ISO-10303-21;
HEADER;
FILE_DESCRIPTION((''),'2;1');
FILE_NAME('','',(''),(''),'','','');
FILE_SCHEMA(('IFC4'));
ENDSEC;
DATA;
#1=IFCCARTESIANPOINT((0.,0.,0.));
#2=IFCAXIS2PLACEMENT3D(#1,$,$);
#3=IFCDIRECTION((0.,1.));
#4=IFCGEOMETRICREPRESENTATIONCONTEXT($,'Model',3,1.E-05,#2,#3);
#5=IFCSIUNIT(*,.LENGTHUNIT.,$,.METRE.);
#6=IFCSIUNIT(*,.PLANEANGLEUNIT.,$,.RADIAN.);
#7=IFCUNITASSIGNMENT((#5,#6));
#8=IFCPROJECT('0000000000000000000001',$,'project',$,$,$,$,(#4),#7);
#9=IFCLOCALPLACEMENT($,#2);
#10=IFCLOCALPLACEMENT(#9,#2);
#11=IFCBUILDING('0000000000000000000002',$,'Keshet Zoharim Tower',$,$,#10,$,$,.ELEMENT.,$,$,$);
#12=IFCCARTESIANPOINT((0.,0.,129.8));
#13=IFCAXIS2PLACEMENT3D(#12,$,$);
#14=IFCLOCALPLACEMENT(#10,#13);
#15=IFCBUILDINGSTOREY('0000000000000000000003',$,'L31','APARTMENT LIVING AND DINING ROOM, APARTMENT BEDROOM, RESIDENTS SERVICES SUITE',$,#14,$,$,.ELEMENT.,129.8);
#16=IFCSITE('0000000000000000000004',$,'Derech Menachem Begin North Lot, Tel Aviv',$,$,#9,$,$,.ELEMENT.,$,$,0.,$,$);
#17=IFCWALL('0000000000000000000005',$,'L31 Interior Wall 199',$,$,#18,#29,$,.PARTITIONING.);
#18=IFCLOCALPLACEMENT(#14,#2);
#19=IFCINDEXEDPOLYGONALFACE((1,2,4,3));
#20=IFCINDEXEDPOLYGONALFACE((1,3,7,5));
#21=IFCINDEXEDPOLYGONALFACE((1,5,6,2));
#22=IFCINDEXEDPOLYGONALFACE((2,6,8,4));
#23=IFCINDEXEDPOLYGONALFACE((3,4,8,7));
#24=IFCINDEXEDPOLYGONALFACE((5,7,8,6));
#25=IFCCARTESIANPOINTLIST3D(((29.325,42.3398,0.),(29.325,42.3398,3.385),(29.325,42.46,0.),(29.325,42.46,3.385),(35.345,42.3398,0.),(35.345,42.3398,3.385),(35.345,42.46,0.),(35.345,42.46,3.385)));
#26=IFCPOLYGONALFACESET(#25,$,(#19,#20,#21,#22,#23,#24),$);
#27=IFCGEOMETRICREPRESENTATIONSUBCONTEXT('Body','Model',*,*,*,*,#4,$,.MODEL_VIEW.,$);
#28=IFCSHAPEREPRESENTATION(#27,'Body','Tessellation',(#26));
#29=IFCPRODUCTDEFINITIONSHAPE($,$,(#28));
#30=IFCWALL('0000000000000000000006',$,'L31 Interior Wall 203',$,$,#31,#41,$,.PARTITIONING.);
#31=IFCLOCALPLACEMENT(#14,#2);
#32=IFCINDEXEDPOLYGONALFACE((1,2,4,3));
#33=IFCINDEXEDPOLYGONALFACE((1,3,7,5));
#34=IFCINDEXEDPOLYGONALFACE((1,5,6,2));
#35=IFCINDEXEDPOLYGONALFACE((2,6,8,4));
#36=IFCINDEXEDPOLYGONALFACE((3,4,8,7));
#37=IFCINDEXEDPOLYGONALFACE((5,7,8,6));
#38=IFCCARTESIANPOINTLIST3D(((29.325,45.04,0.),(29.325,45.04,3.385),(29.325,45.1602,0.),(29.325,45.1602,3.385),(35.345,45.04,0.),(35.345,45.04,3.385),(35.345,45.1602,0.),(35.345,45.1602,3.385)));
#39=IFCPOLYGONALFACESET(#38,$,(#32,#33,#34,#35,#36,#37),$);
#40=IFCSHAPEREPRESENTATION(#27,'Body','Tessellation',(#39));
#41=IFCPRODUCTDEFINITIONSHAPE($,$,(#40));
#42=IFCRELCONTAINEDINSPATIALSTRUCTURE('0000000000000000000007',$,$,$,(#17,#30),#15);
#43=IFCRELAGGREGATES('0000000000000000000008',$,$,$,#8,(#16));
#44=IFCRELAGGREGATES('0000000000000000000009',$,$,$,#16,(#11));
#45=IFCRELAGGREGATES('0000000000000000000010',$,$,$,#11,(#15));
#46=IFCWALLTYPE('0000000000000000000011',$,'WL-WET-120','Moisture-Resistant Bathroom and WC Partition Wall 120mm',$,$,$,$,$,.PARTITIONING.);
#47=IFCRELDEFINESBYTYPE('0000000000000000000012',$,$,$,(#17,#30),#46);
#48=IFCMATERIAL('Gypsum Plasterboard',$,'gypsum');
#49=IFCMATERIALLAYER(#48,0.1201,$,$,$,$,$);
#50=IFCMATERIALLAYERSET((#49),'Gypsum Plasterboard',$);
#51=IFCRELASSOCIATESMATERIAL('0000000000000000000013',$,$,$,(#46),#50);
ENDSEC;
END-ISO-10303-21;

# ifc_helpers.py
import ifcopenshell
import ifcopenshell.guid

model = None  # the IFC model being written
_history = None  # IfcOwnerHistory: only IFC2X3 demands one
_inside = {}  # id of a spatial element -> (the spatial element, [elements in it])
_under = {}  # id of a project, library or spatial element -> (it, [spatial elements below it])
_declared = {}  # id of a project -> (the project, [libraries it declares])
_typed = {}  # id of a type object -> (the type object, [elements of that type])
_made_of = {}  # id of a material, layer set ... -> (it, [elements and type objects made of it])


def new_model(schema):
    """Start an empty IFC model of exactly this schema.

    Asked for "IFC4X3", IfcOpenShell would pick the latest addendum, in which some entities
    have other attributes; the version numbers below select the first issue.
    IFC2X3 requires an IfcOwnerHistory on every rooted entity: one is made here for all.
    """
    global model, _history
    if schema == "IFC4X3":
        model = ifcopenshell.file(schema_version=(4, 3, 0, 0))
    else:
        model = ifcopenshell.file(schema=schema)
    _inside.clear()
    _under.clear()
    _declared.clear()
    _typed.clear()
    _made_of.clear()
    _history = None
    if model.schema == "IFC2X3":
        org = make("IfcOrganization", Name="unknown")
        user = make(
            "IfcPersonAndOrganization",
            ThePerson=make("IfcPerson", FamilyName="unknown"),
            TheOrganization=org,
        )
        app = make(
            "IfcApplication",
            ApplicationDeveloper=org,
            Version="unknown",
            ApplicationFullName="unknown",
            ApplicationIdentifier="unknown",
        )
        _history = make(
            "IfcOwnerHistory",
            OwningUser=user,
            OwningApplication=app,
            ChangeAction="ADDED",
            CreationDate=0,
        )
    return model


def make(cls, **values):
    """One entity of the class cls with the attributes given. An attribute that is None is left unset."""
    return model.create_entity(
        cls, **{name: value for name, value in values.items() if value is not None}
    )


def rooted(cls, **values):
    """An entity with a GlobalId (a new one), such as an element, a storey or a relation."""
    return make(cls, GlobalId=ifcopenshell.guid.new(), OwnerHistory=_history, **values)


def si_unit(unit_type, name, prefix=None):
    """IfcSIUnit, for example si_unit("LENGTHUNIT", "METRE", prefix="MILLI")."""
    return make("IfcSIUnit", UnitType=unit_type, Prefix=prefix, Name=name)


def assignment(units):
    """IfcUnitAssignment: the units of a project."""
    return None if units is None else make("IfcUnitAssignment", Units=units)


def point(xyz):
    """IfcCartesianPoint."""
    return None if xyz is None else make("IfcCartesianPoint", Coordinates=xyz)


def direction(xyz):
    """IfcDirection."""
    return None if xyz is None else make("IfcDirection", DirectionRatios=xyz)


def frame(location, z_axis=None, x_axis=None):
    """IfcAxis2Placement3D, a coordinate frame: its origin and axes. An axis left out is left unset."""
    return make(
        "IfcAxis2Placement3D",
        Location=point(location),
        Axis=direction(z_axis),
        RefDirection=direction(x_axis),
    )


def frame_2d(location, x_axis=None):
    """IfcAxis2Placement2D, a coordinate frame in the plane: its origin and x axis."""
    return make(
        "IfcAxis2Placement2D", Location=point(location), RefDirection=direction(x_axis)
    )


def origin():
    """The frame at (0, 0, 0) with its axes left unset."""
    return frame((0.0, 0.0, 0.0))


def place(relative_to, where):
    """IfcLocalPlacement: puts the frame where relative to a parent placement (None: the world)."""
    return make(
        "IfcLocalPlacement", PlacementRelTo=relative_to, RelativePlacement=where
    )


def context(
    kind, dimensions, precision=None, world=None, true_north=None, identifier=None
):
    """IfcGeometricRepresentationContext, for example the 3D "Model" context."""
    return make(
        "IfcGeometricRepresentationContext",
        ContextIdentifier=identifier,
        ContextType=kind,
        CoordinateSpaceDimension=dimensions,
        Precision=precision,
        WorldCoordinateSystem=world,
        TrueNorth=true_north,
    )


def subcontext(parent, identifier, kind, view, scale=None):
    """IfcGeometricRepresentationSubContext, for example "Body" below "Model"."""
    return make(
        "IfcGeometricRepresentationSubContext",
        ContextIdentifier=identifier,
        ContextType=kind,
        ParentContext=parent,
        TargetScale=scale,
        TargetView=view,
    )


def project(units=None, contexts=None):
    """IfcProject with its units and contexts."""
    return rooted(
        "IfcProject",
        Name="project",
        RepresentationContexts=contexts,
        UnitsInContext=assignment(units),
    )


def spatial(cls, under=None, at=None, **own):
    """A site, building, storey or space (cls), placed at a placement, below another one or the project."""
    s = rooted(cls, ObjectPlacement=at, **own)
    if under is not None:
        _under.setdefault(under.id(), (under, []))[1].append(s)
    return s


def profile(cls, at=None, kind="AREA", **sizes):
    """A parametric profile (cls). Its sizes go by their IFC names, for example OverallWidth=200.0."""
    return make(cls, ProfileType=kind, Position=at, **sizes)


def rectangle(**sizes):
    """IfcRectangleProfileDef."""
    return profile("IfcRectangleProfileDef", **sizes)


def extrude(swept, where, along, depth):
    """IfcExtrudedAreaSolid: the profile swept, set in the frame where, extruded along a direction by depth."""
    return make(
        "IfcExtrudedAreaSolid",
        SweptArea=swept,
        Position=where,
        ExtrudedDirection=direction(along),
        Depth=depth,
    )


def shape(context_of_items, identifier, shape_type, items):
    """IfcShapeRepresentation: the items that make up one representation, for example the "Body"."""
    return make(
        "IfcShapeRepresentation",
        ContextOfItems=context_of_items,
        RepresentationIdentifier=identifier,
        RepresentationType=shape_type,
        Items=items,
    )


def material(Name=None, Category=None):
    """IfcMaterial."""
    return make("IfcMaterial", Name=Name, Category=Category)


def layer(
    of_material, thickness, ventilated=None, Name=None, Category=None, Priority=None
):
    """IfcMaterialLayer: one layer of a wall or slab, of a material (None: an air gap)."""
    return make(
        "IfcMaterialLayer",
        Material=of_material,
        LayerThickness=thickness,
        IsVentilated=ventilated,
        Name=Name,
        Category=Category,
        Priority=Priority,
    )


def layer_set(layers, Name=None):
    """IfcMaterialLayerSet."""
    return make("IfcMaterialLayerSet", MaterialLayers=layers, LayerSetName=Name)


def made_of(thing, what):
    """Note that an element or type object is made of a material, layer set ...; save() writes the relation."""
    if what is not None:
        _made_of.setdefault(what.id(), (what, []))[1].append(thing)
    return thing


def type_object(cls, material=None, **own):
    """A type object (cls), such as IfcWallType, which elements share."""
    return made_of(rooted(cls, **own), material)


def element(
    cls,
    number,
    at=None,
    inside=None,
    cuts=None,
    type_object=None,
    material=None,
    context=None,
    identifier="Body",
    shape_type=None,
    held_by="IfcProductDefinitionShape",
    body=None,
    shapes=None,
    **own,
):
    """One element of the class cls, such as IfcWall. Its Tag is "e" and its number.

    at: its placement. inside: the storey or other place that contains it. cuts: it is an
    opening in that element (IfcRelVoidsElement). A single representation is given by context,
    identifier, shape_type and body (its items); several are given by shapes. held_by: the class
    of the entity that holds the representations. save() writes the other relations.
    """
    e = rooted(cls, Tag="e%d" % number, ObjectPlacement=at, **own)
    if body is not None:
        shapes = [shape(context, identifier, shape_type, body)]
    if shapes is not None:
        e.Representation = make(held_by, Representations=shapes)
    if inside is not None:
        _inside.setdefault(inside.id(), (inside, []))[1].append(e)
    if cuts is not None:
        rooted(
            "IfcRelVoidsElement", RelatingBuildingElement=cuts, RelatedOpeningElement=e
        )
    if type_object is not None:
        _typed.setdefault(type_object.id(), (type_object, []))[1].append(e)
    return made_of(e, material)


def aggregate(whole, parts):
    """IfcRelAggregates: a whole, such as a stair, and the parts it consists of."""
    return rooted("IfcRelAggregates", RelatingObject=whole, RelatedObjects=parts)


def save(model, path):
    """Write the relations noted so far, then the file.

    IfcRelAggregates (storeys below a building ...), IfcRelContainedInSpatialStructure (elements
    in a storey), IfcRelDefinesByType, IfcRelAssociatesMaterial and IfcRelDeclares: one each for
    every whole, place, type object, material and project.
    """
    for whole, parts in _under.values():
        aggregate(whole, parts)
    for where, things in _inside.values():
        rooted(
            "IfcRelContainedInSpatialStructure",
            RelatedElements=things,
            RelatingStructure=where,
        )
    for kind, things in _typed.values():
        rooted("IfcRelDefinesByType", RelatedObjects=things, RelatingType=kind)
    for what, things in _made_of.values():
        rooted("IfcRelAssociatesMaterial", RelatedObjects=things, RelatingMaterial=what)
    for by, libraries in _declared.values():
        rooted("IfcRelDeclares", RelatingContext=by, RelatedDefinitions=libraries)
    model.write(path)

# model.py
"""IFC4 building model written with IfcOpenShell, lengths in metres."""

from ifc_helpers import new_model, si_unit, direction, frame, frame_2d, origin, place, context, subcontext, project, spatial, rectangle, extrude, material, layer, layer_set, type_object, element, save


model = new_model("IFC4")

# Units and contexts
model_context = context("Model", 3, precision=1e-05, world=origin(), true_north=direction((0.0, 1.0)))
body_context = subcontext(model_context, "Body", "Model", "MODEL_VIEW")
ifc_project = project(units=[si_unit("LENGTHUNIT", "METRE"), si_unit("PLANEANGLEUNIT", "RADIAN")], contexts=[model_context])

# Site, building, storey
site_placement = place(None, origin())
site = spatial("IfcSite", under=ifc_project, at=site_placement, Name="Derech Menachem Begin North Lot, Tel Aviv", CompositionType="ELEMENT", RefElevation=0.0)
building_placement = place(site_placement, origin())
building = spatial("IfcBuilding", under=site, at=building_placement, Name="Keshet Zoharim Tower", CompositionType="ELEMENT")
storey_placement = place(building_placement, frame((0.0, 0.0, 129.8)))
storey = spatial("IfcBuildingStorey", under=building, at=storey_placement, Name="L31", Description="APARTMENT LIVING AND DINING ROOM, APARTMENT BEDROOM, RESIDENTS SERVICES SUITE", CompositionType="ELEMENT", Elevation=129.8)

# Shared definitions
ifc_material_1 = material(Name="Gypsum Plasterboard", Category="gypsum")

# Shared definitions
ifc_layer_1 = layer(ifc_material_1, 0.1201)
ifc_layer_set_1 = layer_set([ifc_layer_1], Name="Gypsum Plasterboard")
wall_type_1 = type_object("IfcWallType", Name="WL-WET-120", Description="Moisture-Resistant Bathroom and WC Partition Wall 120mm", PredefinedType="PARTITIONING", material=ifc_layer_set_1)

# Walls
for number, where, z_axis, x_axis, name in (
    (1, (29.325, 42.3999, 0.0), (0.0, 0.0, 1.0), (1.0, 0.0, 0.0), "L31 Interior Wall 199"),
    (2, (29.325, 45.1001, 0.0), (0.0, 0.0, 1.0), (1.0, 0.0, 0.0), "L31 Interior Wall 203"),
):
    element("IfcWall", number, at=place(storey_placement, frame(where, z_axis=z_axis, x_axis=x_axis)), inside=storey, type_object=wall_type_1, Name=name, PredefinedType="PARTITIONING", context=body_context, shape_type="SweptSolid", body=[
        extrude(rectangle(XDim=6.02, YDim=0.1201, at=frame_2d((3.01, 0.0))), origin(), (0.0, 0.0, 1.0), 3.385),
    ])

save(model, "model.ifc")
